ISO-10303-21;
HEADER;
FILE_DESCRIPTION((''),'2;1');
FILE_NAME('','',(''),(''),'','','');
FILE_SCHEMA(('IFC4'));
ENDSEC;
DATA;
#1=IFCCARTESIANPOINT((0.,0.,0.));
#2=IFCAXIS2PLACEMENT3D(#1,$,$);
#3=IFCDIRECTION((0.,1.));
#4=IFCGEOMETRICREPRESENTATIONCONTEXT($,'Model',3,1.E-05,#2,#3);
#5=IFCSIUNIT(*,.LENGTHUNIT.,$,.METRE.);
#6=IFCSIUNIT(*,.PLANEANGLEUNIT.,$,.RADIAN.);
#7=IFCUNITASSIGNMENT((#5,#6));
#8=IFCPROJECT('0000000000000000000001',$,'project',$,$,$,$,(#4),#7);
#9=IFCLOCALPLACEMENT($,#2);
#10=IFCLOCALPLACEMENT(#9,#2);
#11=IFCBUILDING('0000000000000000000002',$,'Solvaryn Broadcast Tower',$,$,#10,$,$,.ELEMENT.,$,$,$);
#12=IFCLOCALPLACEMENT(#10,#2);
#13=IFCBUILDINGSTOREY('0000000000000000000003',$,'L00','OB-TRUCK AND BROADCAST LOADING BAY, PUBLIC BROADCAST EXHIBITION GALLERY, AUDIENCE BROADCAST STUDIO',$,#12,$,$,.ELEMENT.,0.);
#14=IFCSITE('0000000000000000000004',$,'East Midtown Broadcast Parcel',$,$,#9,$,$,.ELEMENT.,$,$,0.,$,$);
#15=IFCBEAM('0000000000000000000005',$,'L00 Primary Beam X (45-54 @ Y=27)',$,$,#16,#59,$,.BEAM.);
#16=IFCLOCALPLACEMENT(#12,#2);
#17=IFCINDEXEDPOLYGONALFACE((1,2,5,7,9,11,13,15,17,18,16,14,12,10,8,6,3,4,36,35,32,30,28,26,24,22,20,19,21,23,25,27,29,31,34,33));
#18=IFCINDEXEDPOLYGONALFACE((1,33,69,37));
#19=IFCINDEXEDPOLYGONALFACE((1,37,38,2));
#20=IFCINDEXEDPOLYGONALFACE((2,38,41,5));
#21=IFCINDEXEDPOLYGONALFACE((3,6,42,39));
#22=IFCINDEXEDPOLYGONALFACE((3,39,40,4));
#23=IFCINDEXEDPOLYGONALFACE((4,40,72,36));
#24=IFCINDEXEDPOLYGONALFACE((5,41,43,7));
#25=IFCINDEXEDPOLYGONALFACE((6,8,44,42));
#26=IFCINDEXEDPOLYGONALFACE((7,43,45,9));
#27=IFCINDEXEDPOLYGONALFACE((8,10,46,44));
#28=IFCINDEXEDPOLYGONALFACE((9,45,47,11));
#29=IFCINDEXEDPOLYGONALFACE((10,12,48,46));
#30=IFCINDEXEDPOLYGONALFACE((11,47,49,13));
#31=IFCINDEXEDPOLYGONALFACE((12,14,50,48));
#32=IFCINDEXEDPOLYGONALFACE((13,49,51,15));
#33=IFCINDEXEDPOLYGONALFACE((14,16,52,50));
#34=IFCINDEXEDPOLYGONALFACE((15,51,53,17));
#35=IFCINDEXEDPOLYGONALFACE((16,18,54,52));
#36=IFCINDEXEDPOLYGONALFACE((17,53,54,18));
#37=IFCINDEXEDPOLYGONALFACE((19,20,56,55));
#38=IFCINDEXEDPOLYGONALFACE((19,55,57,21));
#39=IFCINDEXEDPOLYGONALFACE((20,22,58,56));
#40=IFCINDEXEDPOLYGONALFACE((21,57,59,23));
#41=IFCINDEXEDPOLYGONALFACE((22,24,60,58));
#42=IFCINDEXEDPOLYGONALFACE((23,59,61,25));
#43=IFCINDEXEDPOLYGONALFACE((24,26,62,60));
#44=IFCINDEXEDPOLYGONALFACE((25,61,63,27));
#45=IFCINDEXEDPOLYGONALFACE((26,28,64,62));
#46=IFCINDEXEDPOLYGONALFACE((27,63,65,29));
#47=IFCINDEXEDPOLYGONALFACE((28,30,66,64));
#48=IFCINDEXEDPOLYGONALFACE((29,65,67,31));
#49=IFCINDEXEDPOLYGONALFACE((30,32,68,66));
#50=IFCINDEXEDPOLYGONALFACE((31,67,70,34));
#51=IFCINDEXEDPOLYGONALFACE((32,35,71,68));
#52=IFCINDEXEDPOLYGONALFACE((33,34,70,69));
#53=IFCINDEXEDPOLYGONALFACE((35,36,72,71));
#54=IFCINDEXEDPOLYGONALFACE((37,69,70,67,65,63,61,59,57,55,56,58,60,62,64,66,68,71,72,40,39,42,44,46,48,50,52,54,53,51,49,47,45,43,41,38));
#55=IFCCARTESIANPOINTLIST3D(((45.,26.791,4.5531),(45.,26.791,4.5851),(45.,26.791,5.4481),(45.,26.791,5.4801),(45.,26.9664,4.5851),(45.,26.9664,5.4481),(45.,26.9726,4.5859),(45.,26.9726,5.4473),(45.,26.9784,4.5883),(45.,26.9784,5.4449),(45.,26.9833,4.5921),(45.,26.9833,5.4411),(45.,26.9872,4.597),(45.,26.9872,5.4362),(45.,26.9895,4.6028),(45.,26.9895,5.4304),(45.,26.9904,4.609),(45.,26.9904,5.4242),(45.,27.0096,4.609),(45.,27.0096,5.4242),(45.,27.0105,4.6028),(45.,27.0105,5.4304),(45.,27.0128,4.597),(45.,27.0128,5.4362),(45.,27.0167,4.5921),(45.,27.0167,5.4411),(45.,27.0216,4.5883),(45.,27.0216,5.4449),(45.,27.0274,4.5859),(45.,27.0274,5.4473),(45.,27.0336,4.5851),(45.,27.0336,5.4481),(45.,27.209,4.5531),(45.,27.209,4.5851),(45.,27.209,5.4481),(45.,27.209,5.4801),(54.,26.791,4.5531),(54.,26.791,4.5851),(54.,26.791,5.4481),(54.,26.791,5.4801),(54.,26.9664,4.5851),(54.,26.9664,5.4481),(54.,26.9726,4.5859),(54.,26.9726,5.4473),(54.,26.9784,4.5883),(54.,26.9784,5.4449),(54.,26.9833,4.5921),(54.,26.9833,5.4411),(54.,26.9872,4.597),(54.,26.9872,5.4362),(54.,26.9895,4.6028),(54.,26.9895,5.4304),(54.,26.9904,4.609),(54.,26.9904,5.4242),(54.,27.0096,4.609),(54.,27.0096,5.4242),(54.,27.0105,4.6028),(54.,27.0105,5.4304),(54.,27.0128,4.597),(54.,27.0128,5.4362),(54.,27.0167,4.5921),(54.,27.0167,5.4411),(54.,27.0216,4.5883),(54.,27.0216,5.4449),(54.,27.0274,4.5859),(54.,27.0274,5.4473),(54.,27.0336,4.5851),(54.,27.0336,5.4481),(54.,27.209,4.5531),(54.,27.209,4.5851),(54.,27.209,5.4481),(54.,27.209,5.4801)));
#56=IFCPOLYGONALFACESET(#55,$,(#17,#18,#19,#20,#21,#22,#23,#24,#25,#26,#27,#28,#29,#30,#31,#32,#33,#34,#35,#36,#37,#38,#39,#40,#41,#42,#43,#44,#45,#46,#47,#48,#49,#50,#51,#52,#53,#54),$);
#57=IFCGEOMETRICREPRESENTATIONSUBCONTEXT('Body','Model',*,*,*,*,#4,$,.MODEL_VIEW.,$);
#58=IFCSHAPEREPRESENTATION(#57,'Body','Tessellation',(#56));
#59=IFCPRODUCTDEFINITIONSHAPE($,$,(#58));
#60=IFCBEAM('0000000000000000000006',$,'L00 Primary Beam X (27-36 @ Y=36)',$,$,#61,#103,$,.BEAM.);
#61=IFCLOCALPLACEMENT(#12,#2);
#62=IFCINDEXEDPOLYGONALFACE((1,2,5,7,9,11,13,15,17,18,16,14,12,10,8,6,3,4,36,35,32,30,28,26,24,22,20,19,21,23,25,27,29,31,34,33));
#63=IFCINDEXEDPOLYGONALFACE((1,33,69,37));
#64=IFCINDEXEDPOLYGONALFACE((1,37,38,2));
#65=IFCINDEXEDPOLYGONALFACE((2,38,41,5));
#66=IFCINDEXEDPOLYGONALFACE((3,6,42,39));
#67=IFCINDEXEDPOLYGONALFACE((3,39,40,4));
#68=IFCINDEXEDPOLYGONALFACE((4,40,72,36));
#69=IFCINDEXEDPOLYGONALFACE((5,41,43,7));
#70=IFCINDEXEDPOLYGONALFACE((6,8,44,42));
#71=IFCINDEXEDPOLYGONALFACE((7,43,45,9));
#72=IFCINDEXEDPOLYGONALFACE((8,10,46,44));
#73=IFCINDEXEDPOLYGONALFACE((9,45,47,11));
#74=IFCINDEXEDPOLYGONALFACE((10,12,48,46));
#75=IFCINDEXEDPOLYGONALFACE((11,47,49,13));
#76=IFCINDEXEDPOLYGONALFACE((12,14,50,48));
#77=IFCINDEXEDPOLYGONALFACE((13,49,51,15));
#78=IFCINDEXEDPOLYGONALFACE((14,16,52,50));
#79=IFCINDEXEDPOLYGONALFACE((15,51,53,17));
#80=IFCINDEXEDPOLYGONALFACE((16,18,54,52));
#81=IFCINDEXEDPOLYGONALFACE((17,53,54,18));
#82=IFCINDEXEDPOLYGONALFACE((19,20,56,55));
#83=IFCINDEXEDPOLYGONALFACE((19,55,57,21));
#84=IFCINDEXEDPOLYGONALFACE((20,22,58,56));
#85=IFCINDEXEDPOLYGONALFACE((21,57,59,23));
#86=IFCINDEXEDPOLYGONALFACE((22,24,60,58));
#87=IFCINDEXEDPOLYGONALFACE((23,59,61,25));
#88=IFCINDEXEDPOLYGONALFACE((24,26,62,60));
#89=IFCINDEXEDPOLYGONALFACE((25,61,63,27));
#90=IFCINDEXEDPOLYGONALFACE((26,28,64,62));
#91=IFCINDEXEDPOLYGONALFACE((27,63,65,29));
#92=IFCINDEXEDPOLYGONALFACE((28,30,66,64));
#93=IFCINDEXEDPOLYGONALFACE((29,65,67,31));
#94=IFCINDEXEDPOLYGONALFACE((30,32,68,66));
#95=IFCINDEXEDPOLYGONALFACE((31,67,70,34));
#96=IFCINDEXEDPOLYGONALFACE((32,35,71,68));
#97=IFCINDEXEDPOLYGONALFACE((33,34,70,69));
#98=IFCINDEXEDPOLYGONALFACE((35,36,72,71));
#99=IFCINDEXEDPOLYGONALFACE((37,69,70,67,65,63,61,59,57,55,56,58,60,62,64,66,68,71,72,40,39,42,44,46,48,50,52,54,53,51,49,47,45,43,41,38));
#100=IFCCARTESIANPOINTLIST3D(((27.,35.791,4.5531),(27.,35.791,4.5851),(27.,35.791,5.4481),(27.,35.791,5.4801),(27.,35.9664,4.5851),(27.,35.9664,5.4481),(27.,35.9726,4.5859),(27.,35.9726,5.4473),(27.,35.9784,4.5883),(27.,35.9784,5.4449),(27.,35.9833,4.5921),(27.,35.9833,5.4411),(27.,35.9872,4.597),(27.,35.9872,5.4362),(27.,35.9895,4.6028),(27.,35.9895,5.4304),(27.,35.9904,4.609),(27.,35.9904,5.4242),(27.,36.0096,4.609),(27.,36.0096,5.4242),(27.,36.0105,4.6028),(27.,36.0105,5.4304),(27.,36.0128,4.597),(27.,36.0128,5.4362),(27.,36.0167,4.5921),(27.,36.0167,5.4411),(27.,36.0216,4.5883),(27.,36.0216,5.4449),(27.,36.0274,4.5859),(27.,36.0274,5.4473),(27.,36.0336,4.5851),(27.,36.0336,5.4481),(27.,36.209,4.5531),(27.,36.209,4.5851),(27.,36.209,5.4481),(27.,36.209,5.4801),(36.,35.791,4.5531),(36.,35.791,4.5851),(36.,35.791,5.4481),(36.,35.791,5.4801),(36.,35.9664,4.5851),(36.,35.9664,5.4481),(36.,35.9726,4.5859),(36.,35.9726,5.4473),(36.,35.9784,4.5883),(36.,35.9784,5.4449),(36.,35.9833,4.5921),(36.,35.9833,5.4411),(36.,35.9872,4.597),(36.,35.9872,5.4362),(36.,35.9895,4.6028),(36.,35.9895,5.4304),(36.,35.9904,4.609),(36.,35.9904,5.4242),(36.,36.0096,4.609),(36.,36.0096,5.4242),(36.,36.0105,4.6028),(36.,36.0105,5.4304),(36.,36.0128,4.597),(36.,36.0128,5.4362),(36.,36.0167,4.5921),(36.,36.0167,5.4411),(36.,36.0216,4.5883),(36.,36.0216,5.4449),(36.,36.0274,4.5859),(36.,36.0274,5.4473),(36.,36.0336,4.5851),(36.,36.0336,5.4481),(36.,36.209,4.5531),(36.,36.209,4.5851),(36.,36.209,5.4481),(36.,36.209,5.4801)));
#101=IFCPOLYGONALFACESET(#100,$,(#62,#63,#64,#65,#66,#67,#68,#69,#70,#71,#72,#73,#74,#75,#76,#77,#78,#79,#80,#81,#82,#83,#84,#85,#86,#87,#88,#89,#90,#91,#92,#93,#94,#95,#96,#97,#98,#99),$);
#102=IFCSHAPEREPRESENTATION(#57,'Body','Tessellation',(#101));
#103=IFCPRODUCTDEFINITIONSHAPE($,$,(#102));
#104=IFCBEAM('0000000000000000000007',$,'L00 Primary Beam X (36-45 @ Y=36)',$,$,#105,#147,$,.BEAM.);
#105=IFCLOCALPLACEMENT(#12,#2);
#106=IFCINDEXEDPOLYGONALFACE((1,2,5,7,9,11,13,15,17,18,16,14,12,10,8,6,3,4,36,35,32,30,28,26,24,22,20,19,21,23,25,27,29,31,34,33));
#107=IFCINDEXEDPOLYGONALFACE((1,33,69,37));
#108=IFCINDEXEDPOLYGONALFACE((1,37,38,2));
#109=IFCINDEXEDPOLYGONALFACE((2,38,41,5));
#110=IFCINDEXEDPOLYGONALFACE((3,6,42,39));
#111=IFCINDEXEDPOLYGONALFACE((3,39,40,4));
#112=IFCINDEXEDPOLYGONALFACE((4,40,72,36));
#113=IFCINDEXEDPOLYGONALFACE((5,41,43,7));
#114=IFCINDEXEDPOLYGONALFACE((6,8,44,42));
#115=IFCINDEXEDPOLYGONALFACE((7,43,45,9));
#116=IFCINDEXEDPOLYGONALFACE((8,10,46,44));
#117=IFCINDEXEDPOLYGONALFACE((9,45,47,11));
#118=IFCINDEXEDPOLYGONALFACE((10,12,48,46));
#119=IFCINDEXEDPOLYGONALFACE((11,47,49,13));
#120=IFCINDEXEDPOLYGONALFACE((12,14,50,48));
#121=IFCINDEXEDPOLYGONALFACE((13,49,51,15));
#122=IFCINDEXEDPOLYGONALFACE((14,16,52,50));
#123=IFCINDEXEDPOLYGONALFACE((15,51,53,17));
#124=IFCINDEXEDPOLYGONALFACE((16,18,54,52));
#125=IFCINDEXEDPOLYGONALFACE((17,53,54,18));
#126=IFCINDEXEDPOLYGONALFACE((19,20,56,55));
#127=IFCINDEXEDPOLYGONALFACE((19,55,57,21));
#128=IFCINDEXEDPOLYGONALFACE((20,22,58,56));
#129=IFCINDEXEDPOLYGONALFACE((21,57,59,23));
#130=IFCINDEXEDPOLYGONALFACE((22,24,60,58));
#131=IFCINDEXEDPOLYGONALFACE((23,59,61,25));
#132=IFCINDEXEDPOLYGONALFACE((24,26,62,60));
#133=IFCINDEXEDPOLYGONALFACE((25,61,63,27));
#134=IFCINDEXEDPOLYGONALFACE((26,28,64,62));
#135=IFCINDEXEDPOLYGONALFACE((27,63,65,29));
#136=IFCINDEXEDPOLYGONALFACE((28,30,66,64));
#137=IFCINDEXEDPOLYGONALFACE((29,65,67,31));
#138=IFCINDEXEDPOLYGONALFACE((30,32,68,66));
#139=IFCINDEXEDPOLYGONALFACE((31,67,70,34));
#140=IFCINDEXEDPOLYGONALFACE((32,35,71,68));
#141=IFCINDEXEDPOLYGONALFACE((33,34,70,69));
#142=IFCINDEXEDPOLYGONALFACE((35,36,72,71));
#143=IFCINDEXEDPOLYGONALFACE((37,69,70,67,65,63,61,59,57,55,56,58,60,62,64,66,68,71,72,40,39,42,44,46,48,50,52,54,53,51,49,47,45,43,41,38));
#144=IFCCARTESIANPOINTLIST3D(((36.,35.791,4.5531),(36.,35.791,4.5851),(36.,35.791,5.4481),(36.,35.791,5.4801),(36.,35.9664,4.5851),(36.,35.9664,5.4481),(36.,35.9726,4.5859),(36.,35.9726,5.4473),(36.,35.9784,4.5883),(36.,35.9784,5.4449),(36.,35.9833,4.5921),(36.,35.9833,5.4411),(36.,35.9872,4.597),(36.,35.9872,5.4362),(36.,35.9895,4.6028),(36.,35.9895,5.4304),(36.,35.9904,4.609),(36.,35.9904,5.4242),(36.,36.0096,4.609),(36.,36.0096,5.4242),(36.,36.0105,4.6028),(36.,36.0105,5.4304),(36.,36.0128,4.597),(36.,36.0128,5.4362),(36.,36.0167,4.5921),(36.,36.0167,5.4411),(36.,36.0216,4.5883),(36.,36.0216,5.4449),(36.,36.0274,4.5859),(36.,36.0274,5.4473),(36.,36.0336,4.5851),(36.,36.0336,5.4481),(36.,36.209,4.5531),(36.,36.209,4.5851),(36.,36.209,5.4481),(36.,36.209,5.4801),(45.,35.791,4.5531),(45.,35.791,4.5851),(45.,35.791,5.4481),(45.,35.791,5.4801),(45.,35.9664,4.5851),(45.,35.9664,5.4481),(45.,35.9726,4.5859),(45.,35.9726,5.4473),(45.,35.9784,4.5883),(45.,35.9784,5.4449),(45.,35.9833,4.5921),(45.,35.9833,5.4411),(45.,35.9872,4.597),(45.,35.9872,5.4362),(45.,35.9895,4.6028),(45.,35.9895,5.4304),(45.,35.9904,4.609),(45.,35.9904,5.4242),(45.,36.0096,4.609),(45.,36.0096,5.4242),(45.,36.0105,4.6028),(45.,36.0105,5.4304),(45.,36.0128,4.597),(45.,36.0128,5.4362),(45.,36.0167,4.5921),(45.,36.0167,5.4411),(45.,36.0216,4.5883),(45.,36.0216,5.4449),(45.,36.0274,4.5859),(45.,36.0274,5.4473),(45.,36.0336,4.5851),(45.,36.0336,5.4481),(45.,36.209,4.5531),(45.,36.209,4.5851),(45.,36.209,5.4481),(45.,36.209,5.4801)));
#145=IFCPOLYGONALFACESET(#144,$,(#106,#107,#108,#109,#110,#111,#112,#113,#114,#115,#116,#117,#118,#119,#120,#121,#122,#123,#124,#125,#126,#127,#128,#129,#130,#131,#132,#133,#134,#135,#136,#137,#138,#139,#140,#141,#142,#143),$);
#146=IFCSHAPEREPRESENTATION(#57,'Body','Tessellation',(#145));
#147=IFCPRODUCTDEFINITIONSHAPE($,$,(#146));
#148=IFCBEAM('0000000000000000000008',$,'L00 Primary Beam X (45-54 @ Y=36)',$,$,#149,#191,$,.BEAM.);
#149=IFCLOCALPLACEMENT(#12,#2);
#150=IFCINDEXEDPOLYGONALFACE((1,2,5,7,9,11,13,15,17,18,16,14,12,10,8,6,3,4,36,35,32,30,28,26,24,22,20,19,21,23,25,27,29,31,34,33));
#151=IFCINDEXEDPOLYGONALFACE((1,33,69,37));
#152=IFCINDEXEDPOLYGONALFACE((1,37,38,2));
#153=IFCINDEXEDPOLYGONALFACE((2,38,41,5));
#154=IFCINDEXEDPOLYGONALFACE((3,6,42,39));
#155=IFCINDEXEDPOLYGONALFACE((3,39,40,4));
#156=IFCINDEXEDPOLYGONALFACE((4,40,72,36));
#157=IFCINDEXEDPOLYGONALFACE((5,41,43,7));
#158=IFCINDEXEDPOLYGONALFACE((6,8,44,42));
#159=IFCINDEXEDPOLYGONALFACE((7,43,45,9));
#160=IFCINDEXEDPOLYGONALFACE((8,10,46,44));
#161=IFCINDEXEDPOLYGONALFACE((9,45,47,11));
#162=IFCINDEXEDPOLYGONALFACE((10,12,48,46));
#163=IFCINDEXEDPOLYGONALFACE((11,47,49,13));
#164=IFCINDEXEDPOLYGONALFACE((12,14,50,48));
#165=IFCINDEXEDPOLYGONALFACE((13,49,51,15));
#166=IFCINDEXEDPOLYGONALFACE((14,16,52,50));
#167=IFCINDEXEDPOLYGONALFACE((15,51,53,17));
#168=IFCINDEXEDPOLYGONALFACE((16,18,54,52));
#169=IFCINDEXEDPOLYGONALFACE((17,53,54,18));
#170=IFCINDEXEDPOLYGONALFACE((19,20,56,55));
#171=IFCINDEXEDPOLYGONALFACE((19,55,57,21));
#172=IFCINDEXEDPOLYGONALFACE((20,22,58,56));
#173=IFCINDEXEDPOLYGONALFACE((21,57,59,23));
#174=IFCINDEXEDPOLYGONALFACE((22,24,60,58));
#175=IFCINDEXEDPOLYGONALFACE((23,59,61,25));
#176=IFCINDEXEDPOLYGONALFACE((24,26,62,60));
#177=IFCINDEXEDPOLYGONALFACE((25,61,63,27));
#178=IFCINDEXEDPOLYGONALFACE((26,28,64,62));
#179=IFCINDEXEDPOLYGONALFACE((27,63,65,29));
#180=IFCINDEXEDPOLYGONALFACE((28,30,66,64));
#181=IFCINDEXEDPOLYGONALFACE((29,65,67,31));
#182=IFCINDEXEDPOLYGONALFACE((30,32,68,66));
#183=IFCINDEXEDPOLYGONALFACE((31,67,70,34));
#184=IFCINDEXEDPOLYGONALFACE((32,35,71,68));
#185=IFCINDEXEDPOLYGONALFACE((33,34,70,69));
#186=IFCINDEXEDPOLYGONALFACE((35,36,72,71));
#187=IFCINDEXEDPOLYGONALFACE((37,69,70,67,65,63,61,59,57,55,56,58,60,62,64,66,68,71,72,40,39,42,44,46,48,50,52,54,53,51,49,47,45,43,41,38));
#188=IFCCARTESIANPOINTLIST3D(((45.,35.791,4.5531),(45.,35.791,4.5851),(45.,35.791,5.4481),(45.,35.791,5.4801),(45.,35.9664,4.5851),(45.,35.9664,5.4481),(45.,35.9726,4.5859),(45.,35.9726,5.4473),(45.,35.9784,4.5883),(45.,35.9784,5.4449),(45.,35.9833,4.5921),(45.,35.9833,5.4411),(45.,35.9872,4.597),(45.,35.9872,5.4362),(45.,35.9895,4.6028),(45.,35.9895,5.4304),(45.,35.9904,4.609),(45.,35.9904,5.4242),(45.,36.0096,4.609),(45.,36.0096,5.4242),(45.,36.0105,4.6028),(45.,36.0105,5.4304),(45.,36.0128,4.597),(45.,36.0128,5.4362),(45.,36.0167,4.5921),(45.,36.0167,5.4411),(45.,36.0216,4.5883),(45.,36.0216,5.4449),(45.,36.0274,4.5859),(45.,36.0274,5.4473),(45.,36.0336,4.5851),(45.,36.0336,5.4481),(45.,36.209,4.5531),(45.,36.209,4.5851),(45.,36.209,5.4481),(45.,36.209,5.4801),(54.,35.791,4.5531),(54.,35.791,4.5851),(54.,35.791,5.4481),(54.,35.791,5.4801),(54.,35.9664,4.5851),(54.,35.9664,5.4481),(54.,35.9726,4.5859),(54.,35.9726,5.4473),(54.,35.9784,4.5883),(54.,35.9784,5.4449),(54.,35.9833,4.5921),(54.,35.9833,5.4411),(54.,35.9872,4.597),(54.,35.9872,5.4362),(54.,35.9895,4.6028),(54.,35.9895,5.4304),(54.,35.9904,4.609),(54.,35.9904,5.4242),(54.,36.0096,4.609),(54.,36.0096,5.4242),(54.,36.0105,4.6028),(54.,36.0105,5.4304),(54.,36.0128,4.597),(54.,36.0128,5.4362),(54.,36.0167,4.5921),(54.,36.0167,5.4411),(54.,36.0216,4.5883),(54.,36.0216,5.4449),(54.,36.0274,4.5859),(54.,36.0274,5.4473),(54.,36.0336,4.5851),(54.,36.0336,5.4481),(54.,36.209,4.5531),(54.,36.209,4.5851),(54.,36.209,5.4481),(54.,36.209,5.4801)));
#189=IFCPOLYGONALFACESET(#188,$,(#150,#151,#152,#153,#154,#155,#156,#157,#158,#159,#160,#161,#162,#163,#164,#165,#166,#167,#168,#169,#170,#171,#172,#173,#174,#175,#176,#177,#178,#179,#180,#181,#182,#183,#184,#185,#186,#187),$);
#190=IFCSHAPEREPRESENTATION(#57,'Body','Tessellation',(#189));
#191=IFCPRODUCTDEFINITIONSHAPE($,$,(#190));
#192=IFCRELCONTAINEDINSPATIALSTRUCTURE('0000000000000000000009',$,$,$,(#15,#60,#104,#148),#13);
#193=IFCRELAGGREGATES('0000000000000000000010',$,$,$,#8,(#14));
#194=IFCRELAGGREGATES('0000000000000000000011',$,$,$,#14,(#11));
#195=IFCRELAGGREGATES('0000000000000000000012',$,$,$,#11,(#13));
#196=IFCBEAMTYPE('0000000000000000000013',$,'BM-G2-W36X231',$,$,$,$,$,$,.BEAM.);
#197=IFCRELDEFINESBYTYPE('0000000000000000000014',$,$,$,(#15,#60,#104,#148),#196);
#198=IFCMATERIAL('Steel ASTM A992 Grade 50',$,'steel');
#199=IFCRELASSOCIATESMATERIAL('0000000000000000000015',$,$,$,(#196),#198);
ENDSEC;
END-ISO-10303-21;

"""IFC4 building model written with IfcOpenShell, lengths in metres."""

from ifc_helpers import new_model, si_unit, direction, frame, origin, origin_2d, place, context, subcontext, project, spatial, i_section, extrude, material, material_profile, profile_set, type_object, element, save


model = new_model("IFC4")

# Units and contexts
model_context = context("Model", 3, precision=1e-05, world=origin(), true_north=direction((0.0, 1.0)))
body_context = subcontext(model_context, "Body", "Model", "MODEL_VIEW")
ifc_project = project(units=[si_unit("LENGTHUNIT", "METRE"), si_unit("PLANEANGLEUNIT", "RADIAN")], contexts=[model_context])

# Site, building, storey
site_placement = place(None, origin())
site = spatial("IfcSite", under=ifc_project, at=site_placement, Name="East Midtown Broadcast Parcel", CompositionType="ELEMENT", RefElevation=0.0)
building_placement = place(site_placement, origin())
building = spatial("IfcBuilding", under=site, at=building_placement, Name="Solvaryn Broadcast Tower", CompositionType="ELEMENT")
storey_placement = place(building_placement, origin())
storey = spatial("IfcBuildingStorey", under=building, at=storey_placement, Name="L00", Description="OB-TRUCK AND BROADCAST LOADING BAY, PUBLIC BROADCAST EXHIBITION GALLERY, AUDIENCE BROADCAST STUDIO", CompositionType="ELEMENT", Elevation=0.0)

# Beams
ifc_material_1 = material(Name="Steel ASTM A992 Grade 50", Category="steel")
ifc_material_profile_1 = material_profile(ifc_material_1, i_section(OverallWidth=0.418, OverallDepth=0.927, WebThickness=0.0193, FlangeThickness=0.032, FilletRadius=0.0239, at=origin_2d()))
ifc_profile_set_1 = profile_set([ifc_material_profile_1], Name="Steel ASTM A992 Grade 50")
beam_type_1 = type_object("IfcBeamType", Name="BM-G2-W36X231", PredefinedType="BEAM", material=ifc_profile_set_1)
for number, where, z_axis, x_axis, name in (
    (1, (45.0, 27.0, 5.0166), (1.0, 0.0, 0.0), (0.0, 1.0, 0.0), "L00 Primary Beam X (45-54 @ Y=27)"),
    (2, (27.0, 36.0, 5.0166), (1.0, 0.0, 0.0), (0.0, 1.0, 0.0), "L00 Primary Beam X (27-36 @ Y=36)"),
    (3, (36.0, 36.0, 5.0166), (1.0, 0.0, 0.0), (0.0, 1.0, 0.0), "L00 Primary Beam X (36-45 @ Y=36)"),
    (4, (45.0, 36.0, 5.0166), (1.0, 0.0, 0.0), (0.0, 1.0, 0.0), "L00 Primary Beam X (45-54 @ Y=36)"),
):
    element("IfcBeam", number, at=place(storey_placement, frame(where, z_axis=z_axis, x_axis=x_axis)), inside=storey, type_object=beam_type_1, Name=name, PredefinedType="BEAM", context=body_context, shape_type="SweptSolid", body=[
        extrude(i_section(OverallWidth=0.418, OverallDepth=0.927, WebThickness=0.0193, FlangeThickness=0.032, FilletRadius=0.0239, at=origin_2d()), origin(), (0.0, 0.0, 1.0), 9.0),
    ])

save(model, "model.ifc")
